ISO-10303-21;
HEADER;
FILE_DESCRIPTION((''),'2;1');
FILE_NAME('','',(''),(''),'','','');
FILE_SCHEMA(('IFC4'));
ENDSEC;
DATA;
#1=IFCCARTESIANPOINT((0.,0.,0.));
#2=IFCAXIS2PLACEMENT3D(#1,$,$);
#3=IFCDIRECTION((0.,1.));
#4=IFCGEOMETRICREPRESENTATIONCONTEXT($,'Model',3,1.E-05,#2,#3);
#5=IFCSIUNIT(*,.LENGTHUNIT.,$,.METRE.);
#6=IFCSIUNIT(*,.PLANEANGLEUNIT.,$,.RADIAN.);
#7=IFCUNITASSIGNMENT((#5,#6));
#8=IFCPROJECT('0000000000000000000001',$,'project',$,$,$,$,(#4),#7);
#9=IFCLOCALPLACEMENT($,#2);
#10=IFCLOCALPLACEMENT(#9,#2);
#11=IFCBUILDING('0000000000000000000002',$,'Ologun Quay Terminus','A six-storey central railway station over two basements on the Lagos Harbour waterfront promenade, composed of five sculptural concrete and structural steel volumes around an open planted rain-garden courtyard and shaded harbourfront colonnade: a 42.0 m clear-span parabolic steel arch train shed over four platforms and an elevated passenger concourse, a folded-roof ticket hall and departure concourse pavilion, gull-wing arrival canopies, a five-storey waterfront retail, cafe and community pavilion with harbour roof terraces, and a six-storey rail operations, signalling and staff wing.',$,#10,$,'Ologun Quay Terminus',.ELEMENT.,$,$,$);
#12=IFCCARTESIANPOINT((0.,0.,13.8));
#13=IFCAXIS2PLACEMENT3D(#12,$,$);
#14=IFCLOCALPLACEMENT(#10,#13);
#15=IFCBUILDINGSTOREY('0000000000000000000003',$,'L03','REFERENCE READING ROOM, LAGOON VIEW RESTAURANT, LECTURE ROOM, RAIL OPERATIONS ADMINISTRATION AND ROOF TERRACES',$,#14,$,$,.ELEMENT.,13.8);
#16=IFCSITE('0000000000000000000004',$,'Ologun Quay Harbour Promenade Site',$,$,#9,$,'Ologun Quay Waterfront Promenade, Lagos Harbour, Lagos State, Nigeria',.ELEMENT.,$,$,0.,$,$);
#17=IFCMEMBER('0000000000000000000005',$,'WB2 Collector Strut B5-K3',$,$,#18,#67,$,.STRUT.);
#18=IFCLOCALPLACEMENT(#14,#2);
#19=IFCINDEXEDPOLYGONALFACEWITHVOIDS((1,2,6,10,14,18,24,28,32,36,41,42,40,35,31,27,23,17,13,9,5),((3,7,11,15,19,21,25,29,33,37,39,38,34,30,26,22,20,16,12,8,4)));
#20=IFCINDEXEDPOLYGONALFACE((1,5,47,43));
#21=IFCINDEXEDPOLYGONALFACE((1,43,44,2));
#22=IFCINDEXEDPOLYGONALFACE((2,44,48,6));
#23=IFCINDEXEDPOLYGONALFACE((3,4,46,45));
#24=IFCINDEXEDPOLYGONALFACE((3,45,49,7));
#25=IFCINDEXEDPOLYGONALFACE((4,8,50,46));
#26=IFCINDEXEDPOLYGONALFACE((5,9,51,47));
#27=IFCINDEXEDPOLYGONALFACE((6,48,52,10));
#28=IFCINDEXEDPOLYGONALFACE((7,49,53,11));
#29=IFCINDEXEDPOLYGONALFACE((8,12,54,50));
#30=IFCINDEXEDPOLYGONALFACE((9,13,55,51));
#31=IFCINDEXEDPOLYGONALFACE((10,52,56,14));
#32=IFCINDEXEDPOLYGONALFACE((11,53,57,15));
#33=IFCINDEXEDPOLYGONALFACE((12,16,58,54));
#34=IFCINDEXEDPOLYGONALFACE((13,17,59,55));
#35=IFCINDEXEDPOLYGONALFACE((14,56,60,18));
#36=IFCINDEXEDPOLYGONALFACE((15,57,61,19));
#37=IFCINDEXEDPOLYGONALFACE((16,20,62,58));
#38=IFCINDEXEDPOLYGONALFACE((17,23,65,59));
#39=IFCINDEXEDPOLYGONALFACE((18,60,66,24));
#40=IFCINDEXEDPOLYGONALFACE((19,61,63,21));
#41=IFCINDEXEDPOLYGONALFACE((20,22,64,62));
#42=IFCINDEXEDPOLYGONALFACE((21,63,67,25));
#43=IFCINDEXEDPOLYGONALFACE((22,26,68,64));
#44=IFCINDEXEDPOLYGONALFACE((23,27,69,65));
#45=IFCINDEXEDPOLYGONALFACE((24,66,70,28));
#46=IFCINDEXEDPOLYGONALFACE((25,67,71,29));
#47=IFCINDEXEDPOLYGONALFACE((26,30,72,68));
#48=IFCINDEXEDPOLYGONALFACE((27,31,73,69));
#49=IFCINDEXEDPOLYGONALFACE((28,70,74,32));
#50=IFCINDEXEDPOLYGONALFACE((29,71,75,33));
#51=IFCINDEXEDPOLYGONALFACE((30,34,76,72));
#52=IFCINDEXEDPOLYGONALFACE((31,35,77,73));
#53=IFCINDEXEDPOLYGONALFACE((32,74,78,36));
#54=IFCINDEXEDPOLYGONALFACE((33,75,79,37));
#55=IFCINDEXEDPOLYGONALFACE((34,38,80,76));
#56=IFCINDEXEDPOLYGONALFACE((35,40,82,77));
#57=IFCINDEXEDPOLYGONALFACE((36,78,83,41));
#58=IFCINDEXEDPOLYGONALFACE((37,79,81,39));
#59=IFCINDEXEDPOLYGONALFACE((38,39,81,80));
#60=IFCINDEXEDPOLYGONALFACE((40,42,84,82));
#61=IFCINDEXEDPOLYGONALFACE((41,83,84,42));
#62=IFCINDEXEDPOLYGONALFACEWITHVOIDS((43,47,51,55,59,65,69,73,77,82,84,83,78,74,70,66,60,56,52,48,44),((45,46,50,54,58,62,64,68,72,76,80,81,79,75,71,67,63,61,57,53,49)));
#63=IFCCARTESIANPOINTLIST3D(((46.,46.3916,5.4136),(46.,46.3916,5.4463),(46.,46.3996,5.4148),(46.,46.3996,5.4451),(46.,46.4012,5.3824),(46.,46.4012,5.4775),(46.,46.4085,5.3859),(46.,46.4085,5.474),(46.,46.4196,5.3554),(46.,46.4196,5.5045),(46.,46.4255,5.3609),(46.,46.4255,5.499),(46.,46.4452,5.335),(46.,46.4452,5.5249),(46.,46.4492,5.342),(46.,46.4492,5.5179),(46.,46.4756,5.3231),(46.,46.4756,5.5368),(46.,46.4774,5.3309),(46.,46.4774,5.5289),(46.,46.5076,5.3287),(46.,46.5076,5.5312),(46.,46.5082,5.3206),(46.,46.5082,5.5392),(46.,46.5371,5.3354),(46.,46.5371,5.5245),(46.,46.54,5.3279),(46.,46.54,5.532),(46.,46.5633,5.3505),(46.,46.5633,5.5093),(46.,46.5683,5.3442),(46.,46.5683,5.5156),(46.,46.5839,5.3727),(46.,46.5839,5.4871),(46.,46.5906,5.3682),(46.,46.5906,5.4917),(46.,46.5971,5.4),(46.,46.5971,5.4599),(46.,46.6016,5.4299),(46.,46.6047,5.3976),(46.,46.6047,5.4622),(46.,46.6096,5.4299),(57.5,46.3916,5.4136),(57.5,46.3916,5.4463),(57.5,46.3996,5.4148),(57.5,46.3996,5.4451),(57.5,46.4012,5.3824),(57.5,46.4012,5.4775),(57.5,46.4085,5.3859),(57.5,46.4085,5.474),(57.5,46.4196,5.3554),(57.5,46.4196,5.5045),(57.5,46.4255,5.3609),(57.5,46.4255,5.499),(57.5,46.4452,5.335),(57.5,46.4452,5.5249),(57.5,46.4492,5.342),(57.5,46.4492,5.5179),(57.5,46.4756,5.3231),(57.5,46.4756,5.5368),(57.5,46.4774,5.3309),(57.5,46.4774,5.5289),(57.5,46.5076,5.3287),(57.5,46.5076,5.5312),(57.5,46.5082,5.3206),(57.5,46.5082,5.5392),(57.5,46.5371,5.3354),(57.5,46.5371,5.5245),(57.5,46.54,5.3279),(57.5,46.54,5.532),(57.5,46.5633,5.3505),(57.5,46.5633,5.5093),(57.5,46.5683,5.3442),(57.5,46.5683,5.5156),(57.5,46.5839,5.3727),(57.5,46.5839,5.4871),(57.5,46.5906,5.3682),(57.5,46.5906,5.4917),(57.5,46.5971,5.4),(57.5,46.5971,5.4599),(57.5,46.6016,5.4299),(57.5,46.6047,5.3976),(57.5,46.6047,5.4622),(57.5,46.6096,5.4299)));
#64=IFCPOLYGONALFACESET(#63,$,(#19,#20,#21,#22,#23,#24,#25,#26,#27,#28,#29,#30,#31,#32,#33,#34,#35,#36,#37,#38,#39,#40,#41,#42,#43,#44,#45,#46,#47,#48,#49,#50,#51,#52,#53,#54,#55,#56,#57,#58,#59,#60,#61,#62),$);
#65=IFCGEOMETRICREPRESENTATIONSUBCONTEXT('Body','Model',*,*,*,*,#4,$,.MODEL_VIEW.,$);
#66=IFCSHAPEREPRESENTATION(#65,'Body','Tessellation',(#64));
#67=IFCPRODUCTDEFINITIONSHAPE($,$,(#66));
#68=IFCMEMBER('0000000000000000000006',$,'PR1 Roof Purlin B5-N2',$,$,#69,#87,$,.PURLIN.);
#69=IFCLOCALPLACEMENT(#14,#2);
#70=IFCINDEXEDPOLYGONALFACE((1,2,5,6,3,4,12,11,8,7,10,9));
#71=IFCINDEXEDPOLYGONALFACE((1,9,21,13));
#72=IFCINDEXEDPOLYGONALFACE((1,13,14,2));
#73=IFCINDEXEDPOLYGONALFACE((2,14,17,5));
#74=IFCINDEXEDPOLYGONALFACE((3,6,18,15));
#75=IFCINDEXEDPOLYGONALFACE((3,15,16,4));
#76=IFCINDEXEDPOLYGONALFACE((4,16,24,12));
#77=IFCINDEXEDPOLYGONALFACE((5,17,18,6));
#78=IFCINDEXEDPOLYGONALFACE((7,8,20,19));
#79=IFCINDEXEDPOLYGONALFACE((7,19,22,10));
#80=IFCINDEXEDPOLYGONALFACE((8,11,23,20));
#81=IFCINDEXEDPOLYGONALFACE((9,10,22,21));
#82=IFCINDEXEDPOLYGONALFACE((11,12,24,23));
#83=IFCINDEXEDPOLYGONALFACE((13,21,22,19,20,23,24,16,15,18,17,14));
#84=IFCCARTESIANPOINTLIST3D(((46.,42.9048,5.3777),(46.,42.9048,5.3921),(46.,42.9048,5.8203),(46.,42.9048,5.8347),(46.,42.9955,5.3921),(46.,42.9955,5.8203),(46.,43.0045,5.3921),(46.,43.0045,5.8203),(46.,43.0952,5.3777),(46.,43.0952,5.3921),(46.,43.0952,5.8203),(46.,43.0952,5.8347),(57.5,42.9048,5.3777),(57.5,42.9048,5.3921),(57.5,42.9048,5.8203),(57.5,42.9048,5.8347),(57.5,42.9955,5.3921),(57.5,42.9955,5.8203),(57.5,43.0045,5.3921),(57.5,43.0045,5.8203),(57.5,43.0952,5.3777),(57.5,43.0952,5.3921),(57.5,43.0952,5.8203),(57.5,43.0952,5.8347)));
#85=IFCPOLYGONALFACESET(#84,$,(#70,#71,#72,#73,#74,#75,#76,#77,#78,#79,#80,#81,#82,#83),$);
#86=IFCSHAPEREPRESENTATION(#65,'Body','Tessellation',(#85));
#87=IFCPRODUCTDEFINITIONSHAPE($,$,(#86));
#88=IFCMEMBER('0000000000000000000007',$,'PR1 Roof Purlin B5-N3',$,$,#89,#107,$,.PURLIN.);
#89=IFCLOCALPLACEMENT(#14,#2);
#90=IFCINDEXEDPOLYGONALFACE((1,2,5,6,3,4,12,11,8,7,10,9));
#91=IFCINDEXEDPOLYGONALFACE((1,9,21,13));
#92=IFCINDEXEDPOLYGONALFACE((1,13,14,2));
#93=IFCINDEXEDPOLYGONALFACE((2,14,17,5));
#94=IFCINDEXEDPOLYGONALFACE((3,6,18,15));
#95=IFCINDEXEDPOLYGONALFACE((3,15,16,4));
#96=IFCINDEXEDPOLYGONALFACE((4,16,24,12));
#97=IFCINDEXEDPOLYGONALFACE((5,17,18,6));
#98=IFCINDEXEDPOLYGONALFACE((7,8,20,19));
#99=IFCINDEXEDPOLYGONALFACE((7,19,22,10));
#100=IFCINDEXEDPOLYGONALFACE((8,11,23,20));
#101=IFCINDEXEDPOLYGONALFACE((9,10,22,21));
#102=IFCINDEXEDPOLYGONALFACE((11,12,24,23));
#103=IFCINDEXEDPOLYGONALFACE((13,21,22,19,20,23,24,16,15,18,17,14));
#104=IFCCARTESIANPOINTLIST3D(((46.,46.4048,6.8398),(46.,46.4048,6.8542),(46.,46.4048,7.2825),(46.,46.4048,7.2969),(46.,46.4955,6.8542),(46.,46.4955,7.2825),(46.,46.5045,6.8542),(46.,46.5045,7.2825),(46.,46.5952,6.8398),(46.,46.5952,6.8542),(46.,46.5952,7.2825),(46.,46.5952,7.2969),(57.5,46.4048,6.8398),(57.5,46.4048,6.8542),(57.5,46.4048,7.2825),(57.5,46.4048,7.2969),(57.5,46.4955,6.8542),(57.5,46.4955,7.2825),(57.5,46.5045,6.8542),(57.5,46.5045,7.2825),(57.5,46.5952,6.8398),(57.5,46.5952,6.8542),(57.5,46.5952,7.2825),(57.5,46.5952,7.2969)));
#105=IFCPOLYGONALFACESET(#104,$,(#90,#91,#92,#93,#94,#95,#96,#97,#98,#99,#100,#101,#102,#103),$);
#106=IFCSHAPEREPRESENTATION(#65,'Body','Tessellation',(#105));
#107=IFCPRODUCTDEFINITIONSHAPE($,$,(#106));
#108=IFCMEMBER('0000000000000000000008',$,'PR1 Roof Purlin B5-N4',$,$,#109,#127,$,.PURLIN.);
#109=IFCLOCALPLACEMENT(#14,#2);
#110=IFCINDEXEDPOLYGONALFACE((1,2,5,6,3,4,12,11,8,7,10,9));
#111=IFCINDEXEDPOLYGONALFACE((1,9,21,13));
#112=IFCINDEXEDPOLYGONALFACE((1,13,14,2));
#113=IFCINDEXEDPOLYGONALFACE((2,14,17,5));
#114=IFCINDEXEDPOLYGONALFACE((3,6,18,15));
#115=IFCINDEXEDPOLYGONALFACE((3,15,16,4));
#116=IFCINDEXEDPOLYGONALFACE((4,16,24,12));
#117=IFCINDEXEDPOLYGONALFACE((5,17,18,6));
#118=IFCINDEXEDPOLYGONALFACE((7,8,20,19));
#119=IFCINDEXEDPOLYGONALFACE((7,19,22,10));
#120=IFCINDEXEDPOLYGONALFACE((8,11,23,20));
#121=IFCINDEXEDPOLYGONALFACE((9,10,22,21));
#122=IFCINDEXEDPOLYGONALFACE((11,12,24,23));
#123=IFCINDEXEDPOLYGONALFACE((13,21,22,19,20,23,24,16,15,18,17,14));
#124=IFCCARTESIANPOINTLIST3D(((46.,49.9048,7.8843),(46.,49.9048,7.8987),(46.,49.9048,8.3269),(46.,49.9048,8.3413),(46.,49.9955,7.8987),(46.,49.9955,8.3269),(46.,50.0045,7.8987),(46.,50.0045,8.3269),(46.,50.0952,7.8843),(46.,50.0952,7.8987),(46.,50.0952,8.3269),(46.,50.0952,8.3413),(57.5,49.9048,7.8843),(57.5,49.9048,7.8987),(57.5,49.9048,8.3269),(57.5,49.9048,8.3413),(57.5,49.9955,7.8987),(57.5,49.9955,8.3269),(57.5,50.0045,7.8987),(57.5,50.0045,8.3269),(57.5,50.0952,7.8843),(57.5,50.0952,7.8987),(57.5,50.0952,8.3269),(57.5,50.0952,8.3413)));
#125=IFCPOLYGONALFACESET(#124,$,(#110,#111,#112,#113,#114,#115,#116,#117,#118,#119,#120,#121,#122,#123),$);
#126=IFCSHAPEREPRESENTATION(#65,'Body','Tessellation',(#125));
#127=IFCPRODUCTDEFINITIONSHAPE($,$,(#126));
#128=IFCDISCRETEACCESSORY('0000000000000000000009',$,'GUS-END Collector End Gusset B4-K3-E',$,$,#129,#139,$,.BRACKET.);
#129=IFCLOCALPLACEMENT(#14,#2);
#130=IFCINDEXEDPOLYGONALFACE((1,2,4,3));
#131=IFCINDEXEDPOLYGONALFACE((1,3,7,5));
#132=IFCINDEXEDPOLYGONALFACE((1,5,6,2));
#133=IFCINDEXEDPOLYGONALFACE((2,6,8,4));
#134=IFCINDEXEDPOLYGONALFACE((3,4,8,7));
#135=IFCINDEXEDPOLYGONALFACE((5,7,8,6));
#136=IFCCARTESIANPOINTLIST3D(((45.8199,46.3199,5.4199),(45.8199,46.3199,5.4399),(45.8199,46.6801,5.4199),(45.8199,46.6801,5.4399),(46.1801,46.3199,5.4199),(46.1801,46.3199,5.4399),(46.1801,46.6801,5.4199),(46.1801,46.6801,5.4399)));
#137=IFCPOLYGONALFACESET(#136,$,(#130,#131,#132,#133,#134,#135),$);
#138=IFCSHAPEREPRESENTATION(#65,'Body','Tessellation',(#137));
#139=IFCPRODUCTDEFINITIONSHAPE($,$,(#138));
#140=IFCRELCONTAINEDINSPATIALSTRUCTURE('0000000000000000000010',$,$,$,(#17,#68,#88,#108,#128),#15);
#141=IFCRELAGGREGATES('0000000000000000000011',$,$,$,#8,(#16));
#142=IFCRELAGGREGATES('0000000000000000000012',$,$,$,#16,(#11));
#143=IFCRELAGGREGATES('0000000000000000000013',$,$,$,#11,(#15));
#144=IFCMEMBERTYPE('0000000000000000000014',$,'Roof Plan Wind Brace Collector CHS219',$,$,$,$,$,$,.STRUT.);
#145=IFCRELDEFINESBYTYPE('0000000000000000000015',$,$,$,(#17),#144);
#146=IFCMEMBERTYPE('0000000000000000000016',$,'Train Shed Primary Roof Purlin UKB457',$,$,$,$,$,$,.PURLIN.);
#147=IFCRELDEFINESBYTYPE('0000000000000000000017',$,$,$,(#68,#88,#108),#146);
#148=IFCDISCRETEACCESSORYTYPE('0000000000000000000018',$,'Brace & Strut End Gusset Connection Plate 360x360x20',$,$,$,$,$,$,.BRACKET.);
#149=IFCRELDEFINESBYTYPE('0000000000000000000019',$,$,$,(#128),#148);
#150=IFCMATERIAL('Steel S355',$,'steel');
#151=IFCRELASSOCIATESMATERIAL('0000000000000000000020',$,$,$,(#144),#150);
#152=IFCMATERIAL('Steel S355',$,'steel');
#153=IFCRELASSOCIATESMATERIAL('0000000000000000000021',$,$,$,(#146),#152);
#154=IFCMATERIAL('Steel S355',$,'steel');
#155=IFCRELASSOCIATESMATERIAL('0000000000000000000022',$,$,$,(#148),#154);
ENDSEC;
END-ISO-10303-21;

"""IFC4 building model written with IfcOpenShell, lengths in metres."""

from ifc_helpers import new_model, si_unit, direction, frame, origin, origin_2d, place, context, subcontext, project, spatial, rectangle, hollow_circle, i_section, extrude, material, material_profile, profile_set, type_object, element, save


model = new_model("IFC4")

# Units and contexts
model_context = context("Model", 3, precision=1e-05, world=origin(), true_north=direction((0.0, 1.0)))
body_context = subcontext(model_context, "Body", "Model", "MODEL_VIEW")
ifc_project = project(units=[si_unit("LENGTHUNIT", "METRE"), si_unit("PLANEANGLEUNIT", "RADIAN")], contexts=[model_context])

# Site, building, storey
site_placement = place(None, origin())
site = spatial("IfcSite", under=ifc_project, at=site_placement, Name="Ologun Quay Harbour Promenade Site", LongName="Ologun Quay Waterfront Promenade, Lagos Harbour, Lagos State, Nigeria", CompositionType="ELEMENT", RefElevation=0.0)
building_placement = place(site_placement, origin())
building = spatial("IfcBuilding", under=site, at=building_placement, Name="Ologun Quay Terminus", Description="A six-storey central railway station over two basements on the Lagos Harbour waterfront promenade, composed of five sculptural concrete and structural steel volumes around an open planted rain-garden courtyard and shaded harbourfront colonnade: a 42.0 m clear-span parabolic steel arch train shed over four platforms and an elevated passenger concourse, a folded-roof ticket hall and departure concourse pavilion, gull-wing arrival canopies, a five-storey waterfront retail, cafe and community pavilion with harbour roof terraces, and a six-storey rail operations, signalling and staff wing.", LongName="Ologun Quay Terminus", CompositionType="ELEMENT")
storey_placement = place(building_placement, frame((0.0, 0.0, 13.8)))
storey = spatial("IfcBuildingStorey", under=building, at=storey_placement, Name="L03", Description="REFERENCE READING ROOM, LAGOON VIEW RESTAURANT, LECTURE ROOM, RAIL OPERATIONS ADMINISTRATION AND ROOF TERRACES", CompositionType="ELEMENT", Elevation=13.8)

# Members
ifc_material_1 = material(Name="Steel S355", Category="steel")
ifc_material_profile_1 = material_profile(ifc_material_1, hollow_circle(Radius=0.1096, WallThickness=0.0081, at=origin_2d()), Name="CHS 219.1x8")
ifc_profile_set_1 = profile_set([ifc_material_profile_1], Name="Steel S355")
member_type_1 = type_object("IfcMemberType", Name="Roof Plan Wind Brace Collector CHS219", PredefinedType="STRUT", material=ifc_profile_set_1)
member_1_placement = place(storey_placement, frame((46.0, 46.5, 5.4299), z_axis=(1.0, 0.0, 0.0), x_axis=(0.0, 1.0, 0.0)))
element("IfcMember", 1, at=member_1_placement, inside=storey, type_object=member_type_1, Name="WB2 Collector Strut B5-K3", PredefinedType="STRUT", context=body_context, shape_type="SweptSolid", body=[
    extrude(hollow_circle(Radius=0.1096, WallThickness=0.0081, at=origin_2d()), origin(), (0.0, 0.0, 1.0), 11.5),
])
ifc_material_2 = material(Name="Steel S355", Category="steel")
ifc_material_profile_2 = material_profile(ifc_material_2, i_section(OverallWidth=0.1904, OverallDepth=0.457, WebThickness=0.009, FlangeThickness=0.0144, at=origin_2d()), Name="UKB 457x191x74")
ifc_profile_set_2 = profile_set([ifc_material_profile_2], Name="Steel S355")
member_type_2 = type_object("IfcMemberType", Name="Train Shed Primary Roof Purlin UKB457", PredefinedType="PURLIN", material=ifc_profile_set_2)
for number, where, z_axis, x_axis, name in (
    (2, (46.0, 43.0, 5.6062), (1.0, 0.0, 0.0), (0.0, 1.0, 0.0), "PR1 Roof Purlin B5-N2"),
    (3, (46.0, 46.5, 7.0684), (1.0, 0.0, 0.0), (0.0, 1.0, 0.0), "PR1 Roof Purlin B5-N3"),
    (4, (46.0, 50.0, 8.1128), (1.0, 0.0, 0.0), (0.0, 1.0, 0.0), "PR1 Roof Purlin B5-N4"),
):
    element("IfcMember", number, at=place(storey_placement, frame(where, z_axis=z_axis, x_axis=x_axis)), inside=storey, type_object=member_type_2, Name=name, PredefinedType="PURLIN", context=body_context, shape_type="SweptSolid", body=[
        extrude(i_section(OverallWidth=0.1904, OverallDepth=0.457, WebThickness=0.009, FlangeThickness=0.0144, at=origin_2d()), origin(), (0.0, 0.0, 1.0), 11.5),
    ])

# Discrete accessory
ifc_material_3 = material(Name="Steel S355", Category="steel")
discrete_accessory_type = type_object("IfcDiscreteAccessoryType", Name="Brace & Strut End Gusset Connection Plate 360x360x20", PredefinedType="BRACKET", material=ifc_material_3)
discrete_accessory_placement = place(storey_placement, frame((46.0, 46.5, 5.4199), z_axis=(0.0, 0.0, 1.0), x_axis=(1.0, 0.0, 0.0)))
element("IfcDiscreteAccessory", 5, at=discrete_accessory_placement, inside=storey, type_object=discrete_accessory_type, Name="GUS-END Collector End Gusset B4-K3-E", PredefinedType="BRACKET", context=body_context, shape_type="SweptSolid", body=[
    extrude(rectangle(XDim=0.3601, YDim=0.3601, at=origin_2d()), origin(), (0.0, 0.0, 1.0), 0.02),
])

save(model, "model.ifc")
